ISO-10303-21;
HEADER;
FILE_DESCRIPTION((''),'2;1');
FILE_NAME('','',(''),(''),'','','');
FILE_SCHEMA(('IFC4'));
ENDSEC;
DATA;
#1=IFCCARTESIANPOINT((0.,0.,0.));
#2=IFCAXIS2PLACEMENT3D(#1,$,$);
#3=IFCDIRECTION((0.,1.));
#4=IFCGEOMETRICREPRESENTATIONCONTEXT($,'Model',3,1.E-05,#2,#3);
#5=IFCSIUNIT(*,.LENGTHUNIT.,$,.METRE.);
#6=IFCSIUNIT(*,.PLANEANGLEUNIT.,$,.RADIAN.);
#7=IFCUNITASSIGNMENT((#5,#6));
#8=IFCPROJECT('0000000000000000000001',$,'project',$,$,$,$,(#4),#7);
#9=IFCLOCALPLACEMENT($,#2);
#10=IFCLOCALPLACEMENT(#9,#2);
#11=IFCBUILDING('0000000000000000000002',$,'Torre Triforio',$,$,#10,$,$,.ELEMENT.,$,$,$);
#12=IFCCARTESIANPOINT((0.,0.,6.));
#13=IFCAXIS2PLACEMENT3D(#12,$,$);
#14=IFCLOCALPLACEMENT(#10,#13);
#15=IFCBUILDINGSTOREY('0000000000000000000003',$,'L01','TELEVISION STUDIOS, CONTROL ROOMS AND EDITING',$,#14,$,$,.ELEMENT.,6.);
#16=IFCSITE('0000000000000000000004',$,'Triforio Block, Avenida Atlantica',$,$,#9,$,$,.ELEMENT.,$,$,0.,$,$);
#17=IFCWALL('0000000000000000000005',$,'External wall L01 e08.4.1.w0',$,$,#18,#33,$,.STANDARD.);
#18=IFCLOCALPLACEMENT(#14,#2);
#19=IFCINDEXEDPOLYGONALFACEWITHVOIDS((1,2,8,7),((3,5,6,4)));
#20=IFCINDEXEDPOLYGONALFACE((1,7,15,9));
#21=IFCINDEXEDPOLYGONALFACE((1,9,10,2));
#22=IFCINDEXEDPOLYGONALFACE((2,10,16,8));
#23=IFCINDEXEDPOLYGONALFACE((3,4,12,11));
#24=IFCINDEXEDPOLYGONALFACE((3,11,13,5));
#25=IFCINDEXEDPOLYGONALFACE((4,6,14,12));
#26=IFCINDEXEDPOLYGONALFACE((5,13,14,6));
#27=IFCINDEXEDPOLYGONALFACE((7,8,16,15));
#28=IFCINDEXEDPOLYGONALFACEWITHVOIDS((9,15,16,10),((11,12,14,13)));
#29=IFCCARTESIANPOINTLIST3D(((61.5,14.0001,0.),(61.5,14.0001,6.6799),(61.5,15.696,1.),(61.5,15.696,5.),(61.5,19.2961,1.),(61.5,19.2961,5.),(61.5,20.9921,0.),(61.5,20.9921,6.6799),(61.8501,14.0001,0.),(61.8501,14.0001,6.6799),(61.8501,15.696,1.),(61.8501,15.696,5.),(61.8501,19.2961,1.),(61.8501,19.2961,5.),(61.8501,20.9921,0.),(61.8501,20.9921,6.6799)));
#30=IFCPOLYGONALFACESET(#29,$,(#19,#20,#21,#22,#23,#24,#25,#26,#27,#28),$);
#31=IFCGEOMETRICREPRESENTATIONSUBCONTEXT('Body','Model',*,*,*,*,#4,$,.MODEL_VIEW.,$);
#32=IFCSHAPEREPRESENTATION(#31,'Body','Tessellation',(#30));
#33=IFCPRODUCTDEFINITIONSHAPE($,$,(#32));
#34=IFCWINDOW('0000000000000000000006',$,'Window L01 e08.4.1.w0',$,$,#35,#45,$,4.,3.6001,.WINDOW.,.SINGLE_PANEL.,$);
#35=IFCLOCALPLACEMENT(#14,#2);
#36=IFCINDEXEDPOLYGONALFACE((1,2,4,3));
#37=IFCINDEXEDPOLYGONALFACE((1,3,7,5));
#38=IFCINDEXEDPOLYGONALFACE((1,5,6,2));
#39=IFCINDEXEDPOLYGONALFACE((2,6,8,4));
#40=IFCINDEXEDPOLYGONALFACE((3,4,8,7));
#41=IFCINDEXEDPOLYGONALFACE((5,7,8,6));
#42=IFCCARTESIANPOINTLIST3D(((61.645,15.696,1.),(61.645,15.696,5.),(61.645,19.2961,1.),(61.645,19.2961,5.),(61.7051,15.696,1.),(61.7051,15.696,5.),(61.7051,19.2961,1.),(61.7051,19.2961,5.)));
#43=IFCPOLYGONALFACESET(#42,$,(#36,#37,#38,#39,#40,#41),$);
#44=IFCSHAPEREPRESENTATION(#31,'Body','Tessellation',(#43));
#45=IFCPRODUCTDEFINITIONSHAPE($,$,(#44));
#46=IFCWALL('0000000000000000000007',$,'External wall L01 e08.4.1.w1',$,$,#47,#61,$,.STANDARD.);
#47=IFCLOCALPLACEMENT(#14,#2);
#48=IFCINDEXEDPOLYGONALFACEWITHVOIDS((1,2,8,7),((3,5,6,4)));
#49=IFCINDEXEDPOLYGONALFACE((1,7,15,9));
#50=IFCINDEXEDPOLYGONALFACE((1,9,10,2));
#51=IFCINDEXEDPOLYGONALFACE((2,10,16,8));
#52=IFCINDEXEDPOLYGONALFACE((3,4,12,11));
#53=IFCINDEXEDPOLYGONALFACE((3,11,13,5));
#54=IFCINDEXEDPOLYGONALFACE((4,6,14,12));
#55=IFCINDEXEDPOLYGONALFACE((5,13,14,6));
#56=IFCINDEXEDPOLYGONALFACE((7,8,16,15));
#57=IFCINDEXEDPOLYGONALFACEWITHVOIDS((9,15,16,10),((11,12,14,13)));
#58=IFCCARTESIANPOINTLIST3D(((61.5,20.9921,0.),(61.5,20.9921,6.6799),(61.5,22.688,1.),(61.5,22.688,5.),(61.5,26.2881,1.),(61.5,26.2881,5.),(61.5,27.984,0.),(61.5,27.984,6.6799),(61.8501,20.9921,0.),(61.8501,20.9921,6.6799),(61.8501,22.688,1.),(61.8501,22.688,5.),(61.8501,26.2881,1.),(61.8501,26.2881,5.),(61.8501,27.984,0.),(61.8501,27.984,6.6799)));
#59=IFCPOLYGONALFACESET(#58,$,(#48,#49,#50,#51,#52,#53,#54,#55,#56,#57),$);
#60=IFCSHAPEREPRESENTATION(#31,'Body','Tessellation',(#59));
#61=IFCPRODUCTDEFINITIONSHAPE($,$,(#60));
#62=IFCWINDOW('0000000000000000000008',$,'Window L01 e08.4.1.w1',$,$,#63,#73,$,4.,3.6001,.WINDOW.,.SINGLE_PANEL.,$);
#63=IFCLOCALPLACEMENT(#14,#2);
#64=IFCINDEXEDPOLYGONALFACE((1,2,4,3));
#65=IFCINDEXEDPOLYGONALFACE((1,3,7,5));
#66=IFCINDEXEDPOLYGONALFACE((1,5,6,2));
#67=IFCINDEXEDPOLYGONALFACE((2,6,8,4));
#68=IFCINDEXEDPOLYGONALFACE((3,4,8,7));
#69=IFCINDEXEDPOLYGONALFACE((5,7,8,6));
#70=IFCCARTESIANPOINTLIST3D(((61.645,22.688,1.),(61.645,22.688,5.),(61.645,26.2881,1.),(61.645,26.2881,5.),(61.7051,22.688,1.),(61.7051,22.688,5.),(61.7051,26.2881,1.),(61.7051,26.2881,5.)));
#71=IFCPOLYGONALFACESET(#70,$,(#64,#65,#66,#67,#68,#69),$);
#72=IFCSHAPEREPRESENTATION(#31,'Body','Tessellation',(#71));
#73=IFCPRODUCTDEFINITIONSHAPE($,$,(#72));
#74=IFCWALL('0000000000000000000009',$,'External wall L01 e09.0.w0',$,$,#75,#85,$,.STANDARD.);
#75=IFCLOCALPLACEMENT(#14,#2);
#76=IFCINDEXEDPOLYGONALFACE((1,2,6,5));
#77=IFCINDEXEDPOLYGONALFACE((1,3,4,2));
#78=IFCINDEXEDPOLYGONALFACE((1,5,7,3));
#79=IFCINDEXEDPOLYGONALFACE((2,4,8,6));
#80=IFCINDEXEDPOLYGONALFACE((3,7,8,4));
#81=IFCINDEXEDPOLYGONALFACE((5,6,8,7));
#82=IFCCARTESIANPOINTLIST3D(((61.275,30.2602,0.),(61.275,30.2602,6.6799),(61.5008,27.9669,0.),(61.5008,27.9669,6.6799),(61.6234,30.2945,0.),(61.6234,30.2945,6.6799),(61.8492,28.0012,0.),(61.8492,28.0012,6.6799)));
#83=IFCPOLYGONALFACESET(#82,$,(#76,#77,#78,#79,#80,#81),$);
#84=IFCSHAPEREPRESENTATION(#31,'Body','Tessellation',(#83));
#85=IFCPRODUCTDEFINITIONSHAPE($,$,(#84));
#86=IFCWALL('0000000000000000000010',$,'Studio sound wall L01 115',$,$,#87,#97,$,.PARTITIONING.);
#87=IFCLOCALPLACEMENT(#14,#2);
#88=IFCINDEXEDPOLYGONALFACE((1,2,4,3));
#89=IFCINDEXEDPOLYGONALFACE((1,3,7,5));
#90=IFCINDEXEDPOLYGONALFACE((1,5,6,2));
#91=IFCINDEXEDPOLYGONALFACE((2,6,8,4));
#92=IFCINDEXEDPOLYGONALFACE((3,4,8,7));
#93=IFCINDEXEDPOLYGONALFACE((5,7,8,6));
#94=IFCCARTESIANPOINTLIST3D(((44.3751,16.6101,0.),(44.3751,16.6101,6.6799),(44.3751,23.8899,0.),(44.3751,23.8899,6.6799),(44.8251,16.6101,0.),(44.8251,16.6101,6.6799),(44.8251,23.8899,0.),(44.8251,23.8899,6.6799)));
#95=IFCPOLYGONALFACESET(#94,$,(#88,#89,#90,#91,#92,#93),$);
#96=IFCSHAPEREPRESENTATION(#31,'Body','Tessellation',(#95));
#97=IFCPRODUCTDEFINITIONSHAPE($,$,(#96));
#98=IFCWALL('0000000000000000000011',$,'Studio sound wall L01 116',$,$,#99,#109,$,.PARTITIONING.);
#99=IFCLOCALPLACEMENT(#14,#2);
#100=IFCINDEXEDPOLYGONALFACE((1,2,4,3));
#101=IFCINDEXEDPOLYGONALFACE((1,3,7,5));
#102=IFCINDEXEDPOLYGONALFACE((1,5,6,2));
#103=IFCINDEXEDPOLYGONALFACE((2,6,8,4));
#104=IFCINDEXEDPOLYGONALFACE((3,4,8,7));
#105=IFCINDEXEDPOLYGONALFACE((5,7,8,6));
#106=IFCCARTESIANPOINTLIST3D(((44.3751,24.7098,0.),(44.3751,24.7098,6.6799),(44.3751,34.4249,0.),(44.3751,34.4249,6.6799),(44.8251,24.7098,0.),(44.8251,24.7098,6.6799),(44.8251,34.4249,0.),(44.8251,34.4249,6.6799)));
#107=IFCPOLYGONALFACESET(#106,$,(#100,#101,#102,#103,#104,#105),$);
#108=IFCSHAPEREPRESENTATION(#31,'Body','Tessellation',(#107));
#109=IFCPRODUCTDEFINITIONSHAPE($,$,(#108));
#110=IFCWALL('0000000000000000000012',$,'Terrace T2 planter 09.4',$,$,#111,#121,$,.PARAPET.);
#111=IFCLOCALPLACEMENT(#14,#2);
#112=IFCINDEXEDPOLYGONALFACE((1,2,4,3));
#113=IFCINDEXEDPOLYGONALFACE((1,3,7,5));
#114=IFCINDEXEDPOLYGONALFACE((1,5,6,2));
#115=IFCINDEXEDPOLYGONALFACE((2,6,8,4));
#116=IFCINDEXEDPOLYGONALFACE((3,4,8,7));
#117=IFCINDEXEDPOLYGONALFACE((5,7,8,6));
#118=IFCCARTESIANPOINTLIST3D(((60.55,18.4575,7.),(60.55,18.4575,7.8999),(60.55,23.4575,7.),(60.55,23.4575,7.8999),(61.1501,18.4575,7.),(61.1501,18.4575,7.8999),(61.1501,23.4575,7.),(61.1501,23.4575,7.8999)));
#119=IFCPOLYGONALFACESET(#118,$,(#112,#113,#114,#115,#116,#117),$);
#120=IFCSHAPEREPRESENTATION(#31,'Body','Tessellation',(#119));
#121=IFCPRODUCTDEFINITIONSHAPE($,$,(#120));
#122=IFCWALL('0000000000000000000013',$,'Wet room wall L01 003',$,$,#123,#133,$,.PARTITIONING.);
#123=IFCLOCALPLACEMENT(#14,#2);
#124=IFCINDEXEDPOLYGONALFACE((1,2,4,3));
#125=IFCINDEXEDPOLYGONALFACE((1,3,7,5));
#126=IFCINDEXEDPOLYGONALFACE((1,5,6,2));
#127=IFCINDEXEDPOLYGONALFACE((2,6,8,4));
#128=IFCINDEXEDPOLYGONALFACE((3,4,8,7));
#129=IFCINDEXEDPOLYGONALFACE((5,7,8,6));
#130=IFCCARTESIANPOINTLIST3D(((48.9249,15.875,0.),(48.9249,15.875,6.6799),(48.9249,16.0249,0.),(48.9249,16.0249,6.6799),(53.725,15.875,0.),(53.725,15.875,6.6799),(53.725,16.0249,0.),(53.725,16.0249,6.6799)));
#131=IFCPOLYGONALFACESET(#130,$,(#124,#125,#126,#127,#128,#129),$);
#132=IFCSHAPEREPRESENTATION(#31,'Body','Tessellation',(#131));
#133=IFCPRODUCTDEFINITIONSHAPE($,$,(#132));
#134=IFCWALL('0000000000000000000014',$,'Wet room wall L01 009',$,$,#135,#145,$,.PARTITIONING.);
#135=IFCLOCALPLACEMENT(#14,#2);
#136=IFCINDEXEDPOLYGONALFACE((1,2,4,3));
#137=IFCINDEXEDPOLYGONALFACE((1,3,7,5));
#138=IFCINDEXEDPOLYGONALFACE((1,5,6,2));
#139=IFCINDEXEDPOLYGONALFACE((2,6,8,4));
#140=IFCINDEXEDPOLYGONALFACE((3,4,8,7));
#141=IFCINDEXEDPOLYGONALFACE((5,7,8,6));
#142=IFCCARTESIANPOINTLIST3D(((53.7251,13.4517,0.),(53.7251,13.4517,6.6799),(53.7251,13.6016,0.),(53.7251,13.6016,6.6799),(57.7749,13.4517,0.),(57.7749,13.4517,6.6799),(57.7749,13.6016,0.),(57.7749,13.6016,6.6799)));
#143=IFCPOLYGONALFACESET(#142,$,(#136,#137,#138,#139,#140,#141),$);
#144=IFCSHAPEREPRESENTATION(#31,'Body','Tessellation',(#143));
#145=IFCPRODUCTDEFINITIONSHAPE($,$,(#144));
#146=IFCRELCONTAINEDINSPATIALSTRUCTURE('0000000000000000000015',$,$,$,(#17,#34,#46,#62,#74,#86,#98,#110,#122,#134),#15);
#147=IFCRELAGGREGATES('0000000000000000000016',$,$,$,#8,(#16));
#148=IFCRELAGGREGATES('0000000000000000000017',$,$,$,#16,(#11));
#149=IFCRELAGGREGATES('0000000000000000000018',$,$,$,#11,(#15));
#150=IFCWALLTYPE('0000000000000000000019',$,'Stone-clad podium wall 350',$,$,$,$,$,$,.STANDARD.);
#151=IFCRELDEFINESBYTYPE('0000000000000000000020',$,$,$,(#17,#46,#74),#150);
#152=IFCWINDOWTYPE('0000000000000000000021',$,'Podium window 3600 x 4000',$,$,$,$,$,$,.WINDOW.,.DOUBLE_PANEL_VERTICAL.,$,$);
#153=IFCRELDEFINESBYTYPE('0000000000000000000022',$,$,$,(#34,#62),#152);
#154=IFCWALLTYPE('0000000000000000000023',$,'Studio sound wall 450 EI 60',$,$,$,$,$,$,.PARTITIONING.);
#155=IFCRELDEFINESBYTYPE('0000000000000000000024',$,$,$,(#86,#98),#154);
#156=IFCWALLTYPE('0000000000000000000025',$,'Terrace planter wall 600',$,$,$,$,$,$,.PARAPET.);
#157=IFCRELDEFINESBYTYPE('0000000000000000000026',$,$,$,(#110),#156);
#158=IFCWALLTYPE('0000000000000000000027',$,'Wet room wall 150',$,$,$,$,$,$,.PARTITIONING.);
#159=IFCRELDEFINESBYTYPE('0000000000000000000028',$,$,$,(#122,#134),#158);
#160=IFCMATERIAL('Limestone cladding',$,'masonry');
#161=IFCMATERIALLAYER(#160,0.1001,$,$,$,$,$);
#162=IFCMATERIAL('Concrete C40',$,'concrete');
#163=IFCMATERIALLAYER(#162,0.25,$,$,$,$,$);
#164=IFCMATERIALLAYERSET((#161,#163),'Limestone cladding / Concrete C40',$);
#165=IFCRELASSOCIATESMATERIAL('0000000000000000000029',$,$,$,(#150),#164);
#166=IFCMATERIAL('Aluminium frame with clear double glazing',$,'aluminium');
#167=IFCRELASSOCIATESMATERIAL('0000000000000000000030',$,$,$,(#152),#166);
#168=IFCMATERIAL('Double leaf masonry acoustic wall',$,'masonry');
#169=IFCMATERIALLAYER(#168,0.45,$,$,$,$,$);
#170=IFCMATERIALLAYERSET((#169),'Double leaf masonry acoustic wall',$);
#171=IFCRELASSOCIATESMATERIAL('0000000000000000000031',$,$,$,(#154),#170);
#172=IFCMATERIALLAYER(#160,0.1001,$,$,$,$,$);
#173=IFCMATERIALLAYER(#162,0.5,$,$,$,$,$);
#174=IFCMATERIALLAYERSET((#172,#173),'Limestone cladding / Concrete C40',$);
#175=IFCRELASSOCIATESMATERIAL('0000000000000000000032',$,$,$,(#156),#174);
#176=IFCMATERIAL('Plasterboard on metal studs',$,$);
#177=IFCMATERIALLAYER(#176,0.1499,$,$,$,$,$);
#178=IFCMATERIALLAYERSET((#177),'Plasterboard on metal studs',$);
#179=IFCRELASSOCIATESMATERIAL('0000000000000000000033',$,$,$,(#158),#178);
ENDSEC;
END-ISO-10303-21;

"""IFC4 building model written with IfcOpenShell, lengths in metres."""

from ifc_helpers import new_model, si_unit, direction, frame, frame_2d, origin, place, context, subcontext, project, spatial, rectangle, extrude, material, layer, layer_set, type_object, element, fill, save


model = new_model("IFC4")

# Units and contexts
model_context = context("Model", 3, precision=1e-05, world=origin(), true_north=direction((0.0, 1.0)))
body_context = subcontext(model_context, "Body", "Model", "MODEL_VIEW")
ifc_project = project(units=[si_unit("LENGTHUNIT", "METRE"), si_unit("PLANEANGLEUNIT", "RADIAN")], contexts=[model_context])

# Site, building, storey
site_placement = place(None, origin())
site = spatial("IfcSite", under=ifc_project, at=site_placement, Name="Triforio Block, Avenida Atlantica", CompositionType="ELEMENT", RefElevation=0.0)
building_placement = place(site_placement, origin())
building = spatial("IfcBuilding", under=site, at=building_placement, Name="Torre Triforio", CompositionType="ELEMENT")
storey_placement = place(building_placement, frame((0.0, 0.0, 6.0)))
storey = spatial("IfcBuildingStorey", under=building, at=storey_placement, Name="L01", Description="TELEVISION STUDIOS, CONTROL ROOMS AND EDITING", CompositionType="ELEMENT", Elevation=6.0)

# Shared definitions
ifc_material_1 = material(Name="Plasterboard on metal studs")
ifc_material_2 = material(Name="Concrete C40", Category="concrete")
ifc_material_3 = material(Name="Limestone cladding", Category="masonry")
ifc_layer_1 = layer(ifc_material_3, 0.1001)
ifc_layer_2 = layer(ifc_material_2, 0.25)
ifc_layer_set_1 = layer_set([ifc_layer_1, ifc_layer_2], Name="Limestone cladding / Concrete C40")
wall_type_1 = type_object("IfcWallType", Name="Stone-clad podium wall 350", PredefinedType="STANDARD", material=ifc_layer_set_1)

# Walls, openings, windows
wall_1_placement = place(storey_placement, frame((61.675, 14.0, 0.0), z_axis=(0.0, 0.0, 1.0), x_axis=(0.0, 1.0, 0.0)))
wall_1 = element("IfcWall", 1, at=wall_1_placement, inside=storey, type_object=wall_type_1, Name="External wall L01 e08.4.1.w0", PredefinedType="STANDARD", context=body_context, shape_type="SweptSolid", body=[
    extrude(rectangle(XDim=6.9919, YDim=0.3501, at=frame_2d((3.4961, 0.0))), origin(), (0.0, 0.0, 1.0), 6.6799),
])
opening_1_placement = place(wall_1_placement, frame((1.696, 0.0, 1.0)))
opening_1 = element("IfcOpeningElement", 2, at=opening_1_placement, cuts=wall_1, PredefinedType="OPENING", context=body_context, shape_type="SweptSolid", body=[
    extrude(rectangle(XDim=3.6001, YDim=4.0, at=frame_2d((1.8, 2.0))), frame((0.0, 0.1851, 0.0), z_axis=(0.0, -1.0, 0.0), x_axis=(1.0, 0.0, 0.0)), (0.0, 0.0, 1.0), 0.3701),
])
ifc_material_4 = material(Name="Aluminium frame with clear double glazing", Category="aluminium")
window_type = type_object("IfcWindowType", Name="Podium window 3600 x 4000", PartitioningType="DOUBLE_PANEL_VERTICAL", PredefinedType="WINDOW", material=ifc_material_4)
window_1_placement = place(opening_1_placement, origin())
window_1 = element("IfcWindow", 3, at=window_1_placement, inside=storey, type_object=window_type, Name="Window L01 e08.4.1.w0", OverallHeight=4.0, OverallWidth=3.6001, PartitioningType="SINGLE_PANEL", PredefinedType="WINDOW", context=body_context, shape_type="SweptSolid", body=[
    extrude(rectangle(XDim=3.6001, YDim=4.0, at=frame_2d((1.8, 2.0))), frame((0.0, 0.03, 0.0), z_axis=(0.0, -1.0, 0.0), x_axis=(1.0, 0.0, 0.0)), (0.0, 0.0, 1.0), 0.0601),
])
fill(opening_1, window_1)
wall_2_placement = place(storey_placement, frame((61.675, 20.9919, 0.0), z_axis=(0.0, 0.0, 1.0), x_axis=(0.0, 1.0, 0.0)))
wall_2 = element("IfcWall", 4, at=wall_2_placement, inside=storey, type_object=wall_type_1, Name="External wall L01 e08.4.1.w1", PredefinedType="STANDARD", context=body_context, shape_type="SweptSolid", body=[
    extrude(rectangle(XDim=6.9919, YDim=0.3501, at=frame_2d((3.4961, 0.0))), origin(), (0.0, 0.0, 1.0), 6.6799),
])
opening_2_placement = place(wall_2_placement, frame((1.696, 0.0, 1.0)))
opening_2 = element("IfcOpeningElement", 5, at=opening_2_placement, cuts=wall_2, PredefinedType="OPENING", context=body_context, shape_type="SweptSolid", body=[
    extrude(rectangle(XDim=3.6001, YDim=4.0, at=frame_2d((1.8, 2.0))), frame((0.0, 0.1851, 0.0), z_axis=(0.0, -1.0, 0.0), x_axis=(1.0, 0.0, 0.0)), (0.0, 0.0, 1.0), 0.3701),
])
window_2_placement = place(opening_2_placement, origin())
window_2 = element("IfcWindow", 6, at=window_2_placement, inside=storey, type_object=window_type, Name="Window L01 e08.4.1.w1", OverallHeight=4.0, OverallWidth=3.6001, PartitioningType="SINGLE_PANEL", PredefinedType="WINDOW", context=body_context, shape_type="SweptSolid", body=[
    extrude(rectangle(XDim=3.6001, YDim=4.0, at=frame_2d((1.8, 2.0))), frame((0.0, 0.03, 0.0), z_axis=(0.0, -1.0, 0.0), x_axis=(1.0, 0.0, 0.0)), (0.0, 0.0, 1.0), 0.0601),
])
fill(opening_2, window_2)

# Walls
wall_3_placement = place(storey_placement, frame((61.675, 27.9839, 0.0), z_axis=(0.0, 0.0, 1.0), x_axis=(-0.097993, 0.995187, 0.0)))
element("IfcWall", 7, at=wall_3_placement, inside=storey, type_object=wall_type_1, Name="External wall L01 e09.0.w0", PredefinedType="STANDARD", context=body_context, shape_type="SweptSolid", body=[
    extrude(rectangle(XDim=2.3044, YDim=0.3501, at=frame_2d((1.1523, 0.0))), origin(), (0.0, 0.0, 1.0), 6.6799),
])
ifc_material_5 = material(Name="Double leaf masonry acoustic wall", Category="masonry")
ifc_layer_3 = layer(ifc_material_5, 0.45)
ifc_layer_set_2 = layer_set([ifc_layer_3], Name="Double leaf masonry acoustic wall")
wall_type_2 = type_object("IfcWallType", Name="Studio sound wall 450 EI 60", PredefinedType="PARTITIONING", material=ifc_layer_set_2)
wall_4_placement = place(storey_placement, frame((44.6001, 16.6101, 0.0), z_axis=(0.0, 0.0, 1.0), x_axis=(0.0, 1.0, 0.0)))
element("IfcWall", 8, at=wall_4_placement, inside=storey, type_object=wall_type_2, Name="Studio sound wall L01 115", PredefinedType="PARTITIONING", context=body_context, shape_type="SweptSolid", body=[
    extrude(rectangle(XDim=7.2798, YDim=0.45, at=frame_2d((3.6399, 0.0))), origin(), (0.0, 0.0, 1.0), 6.6799),
])
wall_5_placement = place(storey_placement, frame((44.6001, 24.71, 0.0), z_axis=(0.0, 0.0, 1.0), x_axis=(0.0, 1.0, 0.0)))
element("IfcWall", 9, at=wall_5_placement, inside=storey, type_object=wall_type_2, Name="Studio sound wall L01 116", PredefinedType="PARTITIONING", context=body_context, shape_type="SweptSolid", body=[
    extrude(rectangle(XDim=9.7151, YDim=0.45, at=frame_2d((4.8574, 0.0))), origin(), (0.0, 0.0, 1.0), 6.6799),
])
ifc_layer_4 = layer(ifc_material_3, 0.1001)
ifc_layer_5 = layer(ifc_material_2, 0.5)
ifc_layer_set_3 = layer_set([ifc_layer_4, ifc_layer_5], Name="Limestone cladding / Concrete C40")
wall_type_3 = type_object("IfcWallType", Name="Terrace planter wall 600", PredefinedType="PARAPET", material=ifc_layer_set_3)
wall_6_placement = place(storey_placement, frame((60.8501, 18.4575, 7.0), z_axis=(0.0, 0.0, 1.0), x_axis=(0.0, 1.0, 0.0)))
element("IfcWall", 10, at=wall_6_placement, inside=storey, type_object=wall_type_3, Name="Terrace T2 planter 09.4", PredefinedType="PARAPET", context=body_context, shape_type="SweptSolid", body=[
    extrude(rectangle(XDim=5.0, YDim=0.6001, at=frame_2d((2.5, 0.0))), origin(), (0.0, 0.0, 1.0), 0.8999),
])
ifc_layer_6 = layer(ifc_material_1, 0.1499)
ifc_layer_set_4 = layer_set([ifc_layer_6], Name="Plasterboard on metal studs")
wall_type_4 = type_object("IfcWallType", Name="Wet room wall 150", PredefinedType="PARTITIONING", material=ifc_layer_set_4)
wall_7_placement = place(storey_placement, frame((48.925, 15.95, 0.0), z_axis=(0.0, 0.0, 1.0), x_axis=(1.0, 0.0, 0.0)))
element("IfcWall", 11, at=wall_7_placement, inside=storey, type_object=wall_type_4, Name="Wet room wall L01 003", PredefinedType="PARTITIONING", context=body_context, shape_type="SweptSolid", body=[
    extrude(rectangle(XDim=4.8, YDim=0.1499, at=frame_2d((2.3999, 0.0))), origin(), (0.0, 0.0, 1.0), 6.6799),
])
wall_8_placement = place(storey_placement, frame((53.7251, 13.5266, 0.0), z_axis=(0.0, 0.0, 1.0), x_axis=(1.0, 0.0, 0.0)))
element("IfcWall", 12, at=wall_8_placement, inside=storey, type_object=wall_type_4, Name="Wet room wall L01 009", PredefinedType="PARTITIONING", context=body_context, shape_type="SweptSolid", body=[
    extrude(rectangle(XDim=4.0498, YDim=0.1499, at=frame_2d((2.0249, 0.0))), origin(), (0.0, 0.0, 1.0), 6.6799),
])

save(model, "model.ifc")
